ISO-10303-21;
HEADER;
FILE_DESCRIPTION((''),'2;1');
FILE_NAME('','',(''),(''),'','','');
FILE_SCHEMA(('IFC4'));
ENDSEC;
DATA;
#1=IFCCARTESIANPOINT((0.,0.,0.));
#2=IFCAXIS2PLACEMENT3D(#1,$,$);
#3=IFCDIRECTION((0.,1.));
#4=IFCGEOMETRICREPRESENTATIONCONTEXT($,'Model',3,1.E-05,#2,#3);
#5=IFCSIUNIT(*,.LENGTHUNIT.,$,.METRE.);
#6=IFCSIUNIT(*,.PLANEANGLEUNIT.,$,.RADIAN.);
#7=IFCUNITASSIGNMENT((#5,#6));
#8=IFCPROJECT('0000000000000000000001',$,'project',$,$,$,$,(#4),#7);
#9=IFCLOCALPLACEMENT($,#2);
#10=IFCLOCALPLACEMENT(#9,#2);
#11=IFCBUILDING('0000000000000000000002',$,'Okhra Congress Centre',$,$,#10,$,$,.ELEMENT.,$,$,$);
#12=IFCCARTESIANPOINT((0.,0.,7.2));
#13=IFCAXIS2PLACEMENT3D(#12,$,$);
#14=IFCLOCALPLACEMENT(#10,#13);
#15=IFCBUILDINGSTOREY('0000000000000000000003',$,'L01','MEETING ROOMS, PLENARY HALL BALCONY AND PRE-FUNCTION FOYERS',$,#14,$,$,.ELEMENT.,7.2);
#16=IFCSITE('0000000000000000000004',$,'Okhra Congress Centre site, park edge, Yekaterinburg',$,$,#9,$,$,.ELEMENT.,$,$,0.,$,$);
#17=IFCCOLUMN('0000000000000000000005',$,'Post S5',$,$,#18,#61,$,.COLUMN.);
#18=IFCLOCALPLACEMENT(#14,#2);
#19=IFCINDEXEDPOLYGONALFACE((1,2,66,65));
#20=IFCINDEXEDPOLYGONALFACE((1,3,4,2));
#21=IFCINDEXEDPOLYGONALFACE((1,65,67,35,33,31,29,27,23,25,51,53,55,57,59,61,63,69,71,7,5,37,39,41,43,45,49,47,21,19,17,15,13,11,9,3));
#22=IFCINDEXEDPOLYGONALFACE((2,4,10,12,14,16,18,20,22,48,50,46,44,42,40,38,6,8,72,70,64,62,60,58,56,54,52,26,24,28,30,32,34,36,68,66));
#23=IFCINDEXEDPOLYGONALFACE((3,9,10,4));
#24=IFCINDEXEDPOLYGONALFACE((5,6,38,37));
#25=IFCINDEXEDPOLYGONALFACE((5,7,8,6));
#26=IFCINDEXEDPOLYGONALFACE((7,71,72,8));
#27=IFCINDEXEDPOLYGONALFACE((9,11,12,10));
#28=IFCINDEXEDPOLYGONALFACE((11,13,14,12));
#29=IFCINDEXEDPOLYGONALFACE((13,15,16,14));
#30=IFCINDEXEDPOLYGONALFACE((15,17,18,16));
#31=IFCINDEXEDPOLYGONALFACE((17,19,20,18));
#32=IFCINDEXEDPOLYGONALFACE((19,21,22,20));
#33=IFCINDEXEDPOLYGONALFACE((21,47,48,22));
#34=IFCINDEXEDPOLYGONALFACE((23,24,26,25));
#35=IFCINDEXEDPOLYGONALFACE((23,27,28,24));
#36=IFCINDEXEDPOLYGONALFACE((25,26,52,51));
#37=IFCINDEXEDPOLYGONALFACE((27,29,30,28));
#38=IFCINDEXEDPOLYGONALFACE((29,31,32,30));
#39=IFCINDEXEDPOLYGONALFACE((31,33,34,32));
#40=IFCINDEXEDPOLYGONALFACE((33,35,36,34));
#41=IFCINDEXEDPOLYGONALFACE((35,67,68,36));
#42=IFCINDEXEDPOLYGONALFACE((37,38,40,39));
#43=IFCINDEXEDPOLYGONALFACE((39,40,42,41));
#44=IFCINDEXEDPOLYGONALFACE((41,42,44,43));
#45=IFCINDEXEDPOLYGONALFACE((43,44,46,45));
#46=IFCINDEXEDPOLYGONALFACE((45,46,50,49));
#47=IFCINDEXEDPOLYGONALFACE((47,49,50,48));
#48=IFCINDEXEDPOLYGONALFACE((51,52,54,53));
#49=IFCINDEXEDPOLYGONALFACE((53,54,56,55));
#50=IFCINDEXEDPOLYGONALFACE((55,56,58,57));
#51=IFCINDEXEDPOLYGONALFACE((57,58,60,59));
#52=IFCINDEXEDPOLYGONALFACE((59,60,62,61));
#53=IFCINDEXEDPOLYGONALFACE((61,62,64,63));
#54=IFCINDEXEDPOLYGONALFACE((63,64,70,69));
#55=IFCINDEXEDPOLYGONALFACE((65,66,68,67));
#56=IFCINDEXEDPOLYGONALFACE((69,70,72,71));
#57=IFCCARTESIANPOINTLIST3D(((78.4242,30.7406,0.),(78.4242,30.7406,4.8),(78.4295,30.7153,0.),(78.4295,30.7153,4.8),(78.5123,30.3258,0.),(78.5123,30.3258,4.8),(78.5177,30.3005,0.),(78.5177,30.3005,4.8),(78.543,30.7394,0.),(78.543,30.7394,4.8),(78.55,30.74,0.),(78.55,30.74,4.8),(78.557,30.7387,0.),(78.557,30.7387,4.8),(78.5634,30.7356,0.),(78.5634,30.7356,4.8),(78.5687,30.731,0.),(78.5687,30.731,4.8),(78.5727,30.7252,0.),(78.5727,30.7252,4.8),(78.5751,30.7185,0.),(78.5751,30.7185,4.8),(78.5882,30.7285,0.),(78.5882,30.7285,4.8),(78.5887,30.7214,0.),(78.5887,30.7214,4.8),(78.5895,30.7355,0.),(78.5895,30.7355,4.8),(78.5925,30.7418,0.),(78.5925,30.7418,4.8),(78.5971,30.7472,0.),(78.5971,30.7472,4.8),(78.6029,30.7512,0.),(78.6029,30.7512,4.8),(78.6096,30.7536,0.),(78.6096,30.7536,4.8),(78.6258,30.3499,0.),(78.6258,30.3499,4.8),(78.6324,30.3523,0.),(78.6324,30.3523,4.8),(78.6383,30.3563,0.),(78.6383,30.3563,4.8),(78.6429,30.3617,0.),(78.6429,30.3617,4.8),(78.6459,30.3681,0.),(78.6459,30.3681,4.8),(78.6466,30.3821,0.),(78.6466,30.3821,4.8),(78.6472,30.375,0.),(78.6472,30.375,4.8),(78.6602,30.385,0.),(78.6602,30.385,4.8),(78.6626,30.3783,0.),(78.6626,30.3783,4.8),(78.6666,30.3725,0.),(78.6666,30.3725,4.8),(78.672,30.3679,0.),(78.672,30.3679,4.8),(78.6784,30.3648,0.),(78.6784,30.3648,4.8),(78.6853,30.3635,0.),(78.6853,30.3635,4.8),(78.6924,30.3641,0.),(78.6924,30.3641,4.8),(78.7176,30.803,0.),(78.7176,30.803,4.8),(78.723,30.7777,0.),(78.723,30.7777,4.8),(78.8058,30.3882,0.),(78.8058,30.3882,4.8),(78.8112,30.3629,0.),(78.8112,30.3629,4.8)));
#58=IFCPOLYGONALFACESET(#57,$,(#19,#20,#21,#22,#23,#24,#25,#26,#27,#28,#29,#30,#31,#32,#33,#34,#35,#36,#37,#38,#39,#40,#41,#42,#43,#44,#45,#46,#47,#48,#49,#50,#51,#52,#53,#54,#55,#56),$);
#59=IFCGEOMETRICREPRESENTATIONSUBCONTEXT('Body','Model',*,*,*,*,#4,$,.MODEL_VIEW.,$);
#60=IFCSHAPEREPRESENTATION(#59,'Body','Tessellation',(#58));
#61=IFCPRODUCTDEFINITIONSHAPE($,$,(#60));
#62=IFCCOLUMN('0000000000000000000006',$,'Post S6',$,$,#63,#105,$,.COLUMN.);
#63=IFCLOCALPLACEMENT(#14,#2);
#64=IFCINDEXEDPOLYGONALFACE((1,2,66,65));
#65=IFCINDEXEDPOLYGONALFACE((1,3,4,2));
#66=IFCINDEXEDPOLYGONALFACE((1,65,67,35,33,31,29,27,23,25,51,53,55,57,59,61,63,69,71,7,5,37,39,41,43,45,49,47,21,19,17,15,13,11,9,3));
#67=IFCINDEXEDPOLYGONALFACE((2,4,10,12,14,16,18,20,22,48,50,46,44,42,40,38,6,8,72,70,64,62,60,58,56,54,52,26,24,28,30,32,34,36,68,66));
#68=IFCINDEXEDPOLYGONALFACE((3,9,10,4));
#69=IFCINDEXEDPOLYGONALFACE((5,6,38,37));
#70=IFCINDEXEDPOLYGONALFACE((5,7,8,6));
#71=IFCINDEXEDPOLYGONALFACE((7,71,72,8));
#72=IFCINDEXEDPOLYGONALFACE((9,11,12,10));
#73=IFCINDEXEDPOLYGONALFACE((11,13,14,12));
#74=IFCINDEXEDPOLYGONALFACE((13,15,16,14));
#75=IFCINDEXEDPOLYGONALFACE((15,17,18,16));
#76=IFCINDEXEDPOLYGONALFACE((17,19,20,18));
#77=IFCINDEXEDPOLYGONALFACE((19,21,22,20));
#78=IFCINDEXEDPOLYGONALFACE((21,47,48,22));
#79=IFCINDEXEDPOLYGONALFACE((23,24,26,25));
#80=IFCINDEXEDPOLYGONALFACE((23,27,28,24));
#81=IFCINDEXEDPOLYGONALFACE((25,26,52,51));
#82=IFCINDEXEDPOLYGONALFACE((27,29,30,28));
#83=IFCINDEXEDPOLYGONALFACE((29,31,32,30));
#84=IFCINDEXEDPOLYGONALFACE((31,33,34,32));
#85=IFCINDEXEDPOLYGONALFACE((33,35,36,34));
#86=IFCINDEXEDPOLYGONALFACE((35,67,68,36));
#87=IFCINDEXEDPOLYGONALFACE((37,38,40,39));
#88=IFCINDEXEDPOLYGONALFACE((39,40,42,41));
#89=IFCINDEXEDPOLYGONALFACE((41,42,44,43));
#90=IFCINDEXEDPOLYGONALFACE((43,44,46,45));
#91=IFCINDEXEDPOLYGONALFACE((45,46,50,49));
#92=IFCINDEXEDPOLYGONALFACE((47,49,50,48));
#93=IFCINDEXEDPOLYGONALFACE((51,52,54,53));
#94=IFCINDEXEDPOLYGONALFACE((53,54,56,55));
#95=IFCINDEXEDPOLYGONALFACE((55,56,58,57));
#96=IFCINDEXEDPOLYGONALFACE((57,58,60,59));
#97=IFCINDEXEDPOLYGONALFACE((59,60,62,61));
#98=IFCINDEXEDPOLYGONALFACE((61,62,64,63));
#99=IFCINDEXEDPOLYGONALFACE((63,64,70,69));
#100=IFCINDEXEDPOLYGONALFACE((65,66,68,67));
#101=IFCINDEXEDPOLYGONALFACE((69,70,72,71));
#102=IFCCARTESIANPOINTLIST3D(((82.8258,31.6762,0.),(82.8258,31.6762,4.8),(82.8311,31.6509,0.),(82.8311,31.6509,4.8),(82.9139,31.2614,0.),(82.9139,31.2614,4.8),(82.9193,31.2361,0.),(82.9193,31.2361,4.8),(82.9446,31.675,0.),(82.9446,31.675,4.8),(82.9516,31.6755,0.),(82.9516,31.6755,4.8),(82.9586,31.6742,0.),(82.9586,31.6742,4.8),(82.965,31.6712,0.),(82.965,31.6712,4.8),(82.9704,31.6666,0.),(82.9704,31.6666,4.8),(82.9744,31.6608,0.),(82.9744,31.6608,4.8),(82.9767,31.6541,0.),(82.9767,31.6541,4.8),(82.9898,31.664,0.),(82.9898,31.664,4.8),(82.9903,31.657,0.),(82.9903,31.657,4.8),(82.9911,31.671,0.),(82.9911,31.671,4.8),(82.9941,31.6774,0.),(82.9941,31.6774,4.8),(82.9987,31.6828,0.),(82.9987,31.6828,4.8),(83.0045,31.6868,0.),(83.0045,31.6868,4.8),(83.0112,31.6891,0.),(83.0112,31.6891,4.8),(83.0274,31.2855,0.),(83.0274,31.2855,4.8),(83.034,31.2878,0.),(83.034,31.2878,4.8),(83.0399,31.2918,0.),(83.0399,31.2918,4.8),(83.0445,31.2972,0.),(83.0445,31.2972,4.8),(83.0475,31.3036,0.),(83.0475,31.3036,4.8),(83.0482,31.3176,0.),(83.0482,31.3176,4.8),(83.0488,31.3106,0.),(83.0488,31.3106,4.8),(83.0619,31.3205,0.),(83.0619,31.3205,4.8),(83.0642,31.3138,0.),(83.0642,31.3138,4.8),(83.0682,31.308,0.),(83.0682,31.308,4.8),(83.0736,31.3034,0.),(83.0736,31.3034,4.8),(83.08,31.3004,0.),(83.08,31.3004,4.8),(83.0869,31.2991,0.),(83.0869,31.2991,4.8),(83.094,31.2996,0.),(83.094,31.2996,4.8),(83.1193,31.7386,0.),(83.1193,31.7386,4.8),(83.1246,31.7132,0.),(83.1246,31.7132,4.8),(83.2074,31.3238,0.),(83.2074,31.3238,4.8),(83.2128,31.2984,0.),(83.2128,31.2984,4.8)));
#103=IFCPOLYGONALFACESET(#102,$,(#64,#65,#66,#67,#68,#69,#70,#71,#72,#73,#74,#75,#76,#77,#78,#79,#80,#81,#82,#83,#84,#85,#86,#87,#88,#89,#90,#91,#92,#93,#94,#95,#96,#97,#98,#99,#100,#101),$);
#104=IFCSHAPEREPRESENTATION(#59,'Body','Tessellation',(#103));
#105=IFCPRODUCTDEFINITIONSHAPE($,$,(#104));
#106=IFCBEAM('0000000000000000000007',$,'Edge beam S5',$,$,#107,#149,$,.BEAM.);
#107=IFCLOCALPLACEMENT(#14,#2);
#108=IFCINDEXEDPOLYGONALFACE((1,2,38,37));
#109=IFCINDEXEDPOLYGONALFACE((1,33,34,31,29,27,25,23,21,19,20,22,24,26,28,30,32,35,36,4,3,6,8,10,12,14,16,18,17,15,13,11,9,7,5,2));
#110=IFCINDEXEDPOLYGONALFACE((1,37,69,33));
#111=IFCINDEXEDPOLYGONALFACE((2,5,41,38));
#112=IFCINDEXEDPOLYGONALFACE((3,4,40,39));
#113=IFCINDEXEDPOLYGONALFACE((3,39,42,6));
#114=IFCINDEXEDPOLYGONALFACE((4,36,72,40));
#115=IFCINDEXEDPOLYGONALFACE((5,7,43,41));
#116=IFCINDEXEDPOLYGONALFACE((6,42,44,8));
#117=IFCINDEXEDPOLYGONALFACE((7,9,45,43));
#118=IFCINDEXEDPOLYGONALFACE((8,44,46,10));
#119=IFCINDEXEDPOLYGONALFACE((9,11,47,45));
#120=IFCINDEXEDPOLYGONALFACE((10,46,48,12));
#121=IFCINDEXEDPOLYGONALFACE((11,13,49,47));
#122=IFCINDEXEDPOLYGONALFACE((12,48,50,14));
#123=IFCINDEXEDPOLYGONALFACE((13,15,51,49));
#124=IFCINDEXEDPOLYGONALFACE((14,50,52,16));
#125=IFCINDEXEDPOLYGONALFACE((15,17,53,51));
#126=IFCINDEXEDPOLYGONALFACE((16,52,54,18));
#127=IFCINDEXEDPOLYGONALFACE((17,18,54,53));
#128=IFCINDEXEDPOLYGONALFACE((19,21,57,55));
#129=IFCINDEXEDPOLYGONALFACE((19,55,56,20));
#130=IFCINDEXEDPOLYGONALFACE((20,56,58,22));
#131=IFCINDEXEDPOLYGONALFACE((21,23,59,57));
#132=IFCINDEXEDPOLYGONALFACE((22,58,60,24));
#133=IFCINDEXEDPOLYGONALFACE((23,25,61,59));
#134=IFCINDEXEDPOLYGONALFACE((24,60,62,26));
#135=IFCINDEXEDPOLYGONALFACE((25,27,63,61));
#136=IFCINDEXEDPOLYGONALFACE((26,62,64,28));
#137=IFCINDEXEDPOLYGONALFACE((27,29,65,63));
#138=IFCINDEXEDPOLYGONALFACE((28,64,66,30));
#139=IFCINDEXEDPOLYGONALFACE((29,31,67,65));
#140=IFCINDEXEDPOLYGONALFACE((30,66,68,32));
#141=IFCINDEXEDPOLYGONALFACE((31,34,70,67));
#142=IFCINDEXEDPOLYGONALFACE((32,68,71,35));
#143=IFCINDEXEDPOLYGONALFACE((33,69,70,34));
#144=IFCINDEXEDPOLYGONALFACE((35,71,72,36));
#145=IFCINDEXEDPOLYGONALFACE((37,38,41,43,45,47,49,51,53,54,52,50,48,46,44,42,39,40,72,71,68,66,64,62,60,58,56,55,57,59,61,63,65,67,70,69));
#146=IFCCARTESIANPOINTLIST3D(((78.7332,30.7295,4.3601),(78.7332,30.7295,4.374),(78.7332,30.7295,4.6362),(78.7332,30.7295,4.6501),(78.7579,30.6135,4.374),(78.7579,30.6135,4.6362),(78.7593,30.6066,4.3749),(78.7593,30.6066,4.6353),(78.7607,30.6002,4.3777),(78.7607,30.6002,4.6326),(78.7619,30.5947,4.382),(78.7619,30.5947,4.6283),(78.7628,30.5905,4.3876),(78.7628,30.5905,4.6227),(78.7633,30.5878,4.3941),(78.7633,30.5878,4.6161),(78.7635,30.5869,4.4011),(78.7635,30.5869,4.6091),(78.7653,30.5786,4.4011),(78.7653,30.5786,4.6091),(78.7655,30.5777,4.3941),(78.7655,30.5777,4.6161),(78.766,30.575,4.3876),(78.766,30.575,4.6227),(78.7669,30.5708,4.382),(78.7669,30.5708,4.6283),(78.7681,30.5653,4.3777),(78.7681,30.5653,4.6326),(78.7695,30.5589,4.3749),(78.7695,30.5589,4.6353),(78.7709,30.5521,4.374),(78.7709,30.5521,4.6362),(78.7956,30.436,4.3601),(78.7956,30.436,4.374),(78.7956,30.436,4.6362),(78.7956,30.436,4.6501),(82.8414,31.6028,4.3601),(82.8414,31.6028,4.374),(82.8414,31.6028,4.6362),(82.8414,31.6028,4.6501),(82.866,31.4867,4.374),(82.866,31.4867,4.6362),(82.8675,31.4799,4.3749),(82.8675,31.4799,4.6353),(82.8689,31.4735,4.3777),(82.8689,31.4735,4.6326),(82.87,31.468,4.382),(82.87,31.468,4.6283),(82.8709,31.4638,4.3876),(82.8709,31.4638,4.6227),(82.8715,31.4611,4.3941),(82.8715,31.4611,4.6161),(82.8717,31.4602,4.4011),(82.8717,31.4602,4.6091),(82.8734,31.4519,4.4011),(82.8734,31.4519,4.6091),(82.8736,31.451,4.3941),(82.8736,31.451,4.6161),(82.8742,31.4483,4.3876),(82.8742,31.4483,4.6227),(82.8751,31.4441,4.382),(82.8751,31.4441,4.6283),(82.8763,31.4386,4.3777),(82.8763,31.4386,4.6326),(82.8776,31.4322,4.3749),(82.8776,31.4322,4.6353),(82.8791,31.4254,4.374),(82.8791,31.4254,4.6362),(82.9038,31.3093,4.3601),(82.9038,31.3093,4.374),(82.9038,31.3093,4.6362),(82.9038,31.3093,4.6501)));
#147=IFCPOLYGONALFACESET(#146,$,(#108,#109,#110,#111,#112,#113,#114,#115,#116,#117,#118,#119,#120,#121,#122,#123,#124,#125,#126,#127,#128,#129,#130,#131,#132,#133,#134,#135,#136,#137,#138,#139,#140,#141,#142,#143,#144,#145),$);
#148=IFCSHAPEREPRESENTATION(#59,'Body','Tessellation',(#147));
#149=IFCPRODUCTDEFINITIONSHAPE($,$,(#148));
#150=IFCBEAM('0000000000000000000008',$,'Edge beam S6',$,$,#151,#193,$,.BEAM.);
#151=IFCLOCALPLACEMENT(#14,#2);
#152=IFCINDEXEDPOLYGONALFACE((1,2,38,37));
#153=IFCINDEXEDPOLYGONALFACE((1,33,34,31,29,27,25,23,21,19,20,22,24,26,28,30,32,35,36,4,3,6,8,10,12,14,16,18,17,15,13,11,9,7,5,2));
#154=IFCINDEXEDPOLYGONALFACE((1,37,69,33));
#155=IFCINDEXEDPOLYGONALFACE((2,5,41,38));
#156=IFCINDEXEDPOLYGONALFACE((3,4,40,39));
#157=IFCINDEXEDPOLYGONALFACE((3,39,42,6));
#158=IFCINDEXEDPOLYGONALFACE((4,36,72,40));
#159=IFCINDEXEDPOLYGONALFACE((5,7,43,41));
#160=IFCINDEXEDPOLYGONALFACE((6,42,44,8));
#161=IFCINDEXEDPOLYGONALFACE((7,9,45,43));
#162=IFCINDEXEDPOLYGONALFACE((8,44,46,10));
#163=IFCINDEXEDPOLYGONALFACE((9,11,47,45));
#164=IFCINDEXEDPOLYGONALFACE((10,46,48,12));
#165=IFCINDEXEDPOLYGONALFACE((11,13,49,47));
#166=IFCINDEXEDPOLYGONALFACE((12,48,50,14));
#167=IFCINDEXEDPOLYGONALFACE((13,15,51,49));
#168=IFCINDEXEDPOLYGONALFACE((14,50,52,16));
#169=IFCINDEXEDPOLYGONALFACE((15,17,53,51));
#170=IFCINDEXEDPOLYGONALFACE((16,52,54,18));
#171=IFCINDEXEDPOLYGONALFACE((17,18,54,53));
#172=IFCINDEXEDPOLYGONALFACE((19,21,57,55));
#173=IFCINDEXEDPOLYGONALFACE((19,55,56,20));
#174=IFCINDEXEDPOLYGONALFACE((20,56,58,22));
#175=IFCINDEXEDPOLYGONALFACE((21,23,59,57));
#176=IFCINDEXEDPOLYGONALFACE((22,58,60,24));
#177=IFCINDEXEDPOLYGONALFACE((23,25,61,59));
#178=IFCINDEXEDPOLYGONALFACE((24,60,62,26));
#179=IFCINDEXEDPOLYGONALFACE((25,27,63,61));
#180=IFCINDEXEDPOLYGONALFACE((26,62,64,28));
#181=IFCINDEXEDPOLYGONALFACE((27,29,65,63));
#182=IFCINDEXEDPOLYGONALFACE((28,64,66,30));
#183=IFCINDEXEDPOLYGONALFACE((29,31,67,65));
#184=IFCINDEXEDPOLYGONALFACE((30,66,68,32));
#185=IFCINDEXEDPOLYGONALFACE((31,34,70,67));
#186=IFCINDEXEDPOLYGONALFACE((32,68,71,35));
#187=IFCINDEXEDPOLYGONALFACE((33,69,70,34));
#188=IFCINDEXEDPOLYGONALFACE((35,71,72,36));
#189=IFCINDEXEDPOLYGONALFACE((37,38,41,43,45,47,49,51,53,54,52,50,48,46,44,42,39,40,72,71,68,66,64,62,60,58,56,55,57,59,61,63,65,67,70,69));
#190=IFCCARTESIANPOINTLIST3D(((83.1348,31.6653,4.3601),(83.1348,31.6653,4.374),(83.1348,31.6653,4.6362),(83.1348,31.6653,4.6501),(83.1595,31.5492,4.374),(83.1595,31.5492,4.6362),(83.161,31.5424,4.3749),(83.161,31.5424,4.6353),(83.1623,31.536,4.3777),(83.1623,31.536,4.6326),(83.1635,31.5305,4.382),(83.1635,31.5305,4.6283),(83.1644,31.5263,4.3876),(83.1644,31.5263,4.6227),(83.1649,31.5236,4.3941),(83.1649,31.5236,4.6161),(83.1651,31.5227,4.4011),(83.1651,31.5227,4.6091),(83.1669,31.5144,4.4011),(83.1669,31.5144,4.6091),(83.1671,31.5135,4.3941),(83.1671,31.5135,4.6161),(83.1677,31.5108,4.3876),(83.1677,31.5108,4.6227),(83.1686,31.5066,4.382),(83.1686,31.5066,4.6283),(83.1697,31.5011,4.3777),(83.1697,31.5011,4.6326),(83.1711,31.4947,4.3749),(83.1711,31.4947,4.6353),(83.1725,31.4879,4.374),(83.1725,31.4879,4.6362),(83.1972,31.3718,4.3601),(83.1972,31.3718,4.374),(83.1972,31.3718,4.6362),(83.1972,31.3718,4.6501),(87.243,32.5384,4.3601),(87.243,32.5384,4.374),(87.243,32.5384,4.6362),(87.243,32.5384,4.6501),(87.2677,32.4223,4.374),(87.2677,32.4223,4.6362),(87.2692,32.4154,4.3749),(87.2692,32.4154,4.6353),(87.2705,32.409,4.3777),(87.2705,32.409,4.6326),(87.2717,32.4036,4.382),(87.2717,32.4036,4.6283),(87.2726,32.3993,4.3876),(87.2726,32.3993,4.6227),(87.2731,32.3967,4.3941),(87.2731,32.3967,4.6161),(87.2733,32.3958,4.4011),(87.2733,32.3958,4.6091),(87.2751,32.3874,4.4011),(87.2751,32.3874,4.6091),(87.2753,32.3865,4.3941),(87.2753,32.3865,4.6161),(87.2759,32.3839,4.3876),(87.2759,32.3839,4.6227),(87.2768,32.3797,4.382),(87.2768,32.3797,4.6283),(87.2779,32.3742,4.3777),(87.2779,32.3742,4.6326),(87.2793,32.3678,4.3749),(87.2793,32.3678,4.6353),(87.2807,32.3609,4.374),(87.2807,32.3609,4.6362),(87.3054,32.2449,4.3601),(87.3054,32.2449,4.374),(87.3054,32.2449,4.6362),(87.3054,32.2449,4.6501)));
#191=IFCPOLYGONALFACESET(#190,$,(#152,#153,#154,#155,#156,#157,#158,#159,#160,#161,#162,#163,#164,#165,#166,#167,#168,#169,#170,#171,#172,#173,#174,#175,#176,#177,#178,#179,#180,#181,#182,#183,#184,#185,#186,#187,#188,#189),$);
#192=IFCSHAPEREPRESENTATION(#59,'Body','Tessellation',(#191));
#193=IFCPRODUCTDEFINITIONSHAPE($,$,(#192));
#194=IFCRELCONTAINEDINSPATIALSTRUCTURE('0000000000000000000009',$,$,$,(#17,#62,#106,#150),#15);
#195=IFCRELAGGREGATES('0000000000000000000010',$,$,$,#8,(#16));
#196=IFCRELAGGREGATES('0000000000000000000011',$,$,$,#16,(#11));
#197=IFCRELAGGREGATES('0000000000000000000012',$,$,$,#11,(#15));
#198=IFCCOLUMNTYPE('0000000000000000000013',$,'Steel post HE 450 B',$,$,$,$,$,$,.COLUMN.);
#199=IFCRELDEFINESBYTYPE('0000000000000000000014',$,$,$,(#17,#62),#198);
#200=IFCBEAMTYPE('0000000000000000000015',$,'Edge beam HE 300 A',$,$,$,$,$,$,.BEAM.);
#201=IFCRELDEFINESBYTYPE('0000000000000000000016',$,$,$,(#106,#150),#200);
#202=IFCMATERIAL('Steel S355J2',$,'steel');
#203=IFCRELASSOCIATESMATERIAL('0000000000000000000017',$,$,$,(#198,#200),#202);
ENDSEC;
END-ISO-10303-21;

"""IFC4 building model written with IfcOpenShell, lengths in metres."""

from ifc_helpers import new_model, si_unit, direction, frame, origin, origin_2d, place, context, subcontext, project, spatial, i_section, extrude, material, material_profile, profile_set, type_object, element, save


model = new_model("IFC4")

# Units and contexts
model_context = context("Model", 3, precision=1e-05, world=origin(), true_north=direction((0.0, 1.0)))
body_context = subcontext(model_context, "Body", "Model", "MODEL_VIEW")
ifc_project = project(units=[si_unit("LENGTHUNIT", "METRE"), si_unit("PLANEANGLEUNIT", "RADIAN")], contexts=[model_context])

# Site, building, storey
site_placement = place(None, origin())
site = spatial("IfcSite", under=ifc_project, at=site_placement, Name="Okhra Congress Centre site, park edge, Yekaterinburg", CompositionType="ELEMENT", RefElevation=0.0)
building_placement = place(site_placement, origin())
building = spatial("IfcBuilding", under=site, at=building_placement, Name="Okhra Congress Centre", CompositionType="ELEMENT")
storey_placement = place(building_placement, frame((0.0, 0.0, 7.2)))
storey = spatial("IfcBuildingStorey", under=building, at=storey_placement, Name="L01", Description="MEETING ROOMS, PLENARY HALL BALCONY AND PRE-FUNCTION FOYERS", CompositionType="ELEMENT", Elevation=7.2)

# Columns
ifc_material_1 = material(Name="Steel S355J2", Category="steel")
ifc_material_profile_1 = material_profile(ifc_material_1, i_section(OverallWidth=0.3, OverallDepth=0.45, WebThickness=0.0139, FlangeThickness=0.0259, FilletRadius=0.0271, at=origin_2d()), Name="HE 450 B")
ifc_profile_set_1 = profile_set([ifc_material_profile_1], Name="Steel S355J2")
column_type = type_object("IfcColumnType", Name="Steel post HE 450 B", PredefinedType="COLUMN", material=ifc_profile_set_1)
for number, where, z_axis, x_axis, name in (
    (1, (78.6177, 30.5518, 0.0), (0.0, 0.0, 1.0), (0.978148, 0.207912, 0.0), "Post S5"),
    (2, (83.0193, 31.4873, 0.0), (0.0, 0.0, 1.0), (0.978148, 0.207912, 0.0), "Post S6"),
):
    element("IfcColumn", number, at=place(storey_placement, frame(where, z_axis=z_axis, x_axis=x_axis)), inside=storey, type_object=column_type, Name=name, PredefinedType="COLUMN", context=body_context, shape_type="SweptSolid", body=[
        extrude(i_section(OverallWidth=0.3, OverallDepth=0.45, WebThickness=0.0139, FlangeThickness=0.0259, FilletRadius=0.0271, at=origin_2d()), origin(), (0.0, 0.0, 1.0), 4.8),
    ])

# Beams
ifc_material_profile_2 = material_profile(ifc_material_1, i_section(OverallWidth=0.3, OverallDepth=0.29, WebThickness=0.0085, FlangeThickness=0.0139, FilletRadius=0.0271, at=origin_2d()), Name="HE 300 A")
ifc_profile_set_2 = profile_set([ifc_material_profile_2], Name="Steel S355J2")
beam_type_1 = type_object("IfcBeamType", Name="Edge beam HE 300 A", PredefinedType="BEAM", material=ifc_profile_set_2)
for number, where, z_axis, x_axis, name in (
    (3, (78.7644, 30.5828, 4.5051), (0.978144, 0.207929, 0.0), (-0.207929, 0.978144, 0.0), "Edge beam S5"),
    (4, (83.166, 31.5186, 4.5051), (0.978156, 0.207873, 0.0), (-0.207873, 0.978156, 0.0), "Edge beam S6"),
):
    element("IfcBeam", number, at=place(storey_placement, frame(where, z_axis=z_axis, x_axis=x_axis)), inside=storey, type_object=beam_type_1, Name=name, PredefinedType="BEAM", context=body_context, shape_type="SweptSolid", body=[
        extrude(i_section(OverallWidth=0.3, OverallDepth=0.29, WebThickness=0.0085, FlangeThickness=0.0139, FilletRadius=0.0271, at=origin_2d()), origin(), (0.0, 0.0, 1.0), 4.2),
    ])

save(model, "model.ifc")
